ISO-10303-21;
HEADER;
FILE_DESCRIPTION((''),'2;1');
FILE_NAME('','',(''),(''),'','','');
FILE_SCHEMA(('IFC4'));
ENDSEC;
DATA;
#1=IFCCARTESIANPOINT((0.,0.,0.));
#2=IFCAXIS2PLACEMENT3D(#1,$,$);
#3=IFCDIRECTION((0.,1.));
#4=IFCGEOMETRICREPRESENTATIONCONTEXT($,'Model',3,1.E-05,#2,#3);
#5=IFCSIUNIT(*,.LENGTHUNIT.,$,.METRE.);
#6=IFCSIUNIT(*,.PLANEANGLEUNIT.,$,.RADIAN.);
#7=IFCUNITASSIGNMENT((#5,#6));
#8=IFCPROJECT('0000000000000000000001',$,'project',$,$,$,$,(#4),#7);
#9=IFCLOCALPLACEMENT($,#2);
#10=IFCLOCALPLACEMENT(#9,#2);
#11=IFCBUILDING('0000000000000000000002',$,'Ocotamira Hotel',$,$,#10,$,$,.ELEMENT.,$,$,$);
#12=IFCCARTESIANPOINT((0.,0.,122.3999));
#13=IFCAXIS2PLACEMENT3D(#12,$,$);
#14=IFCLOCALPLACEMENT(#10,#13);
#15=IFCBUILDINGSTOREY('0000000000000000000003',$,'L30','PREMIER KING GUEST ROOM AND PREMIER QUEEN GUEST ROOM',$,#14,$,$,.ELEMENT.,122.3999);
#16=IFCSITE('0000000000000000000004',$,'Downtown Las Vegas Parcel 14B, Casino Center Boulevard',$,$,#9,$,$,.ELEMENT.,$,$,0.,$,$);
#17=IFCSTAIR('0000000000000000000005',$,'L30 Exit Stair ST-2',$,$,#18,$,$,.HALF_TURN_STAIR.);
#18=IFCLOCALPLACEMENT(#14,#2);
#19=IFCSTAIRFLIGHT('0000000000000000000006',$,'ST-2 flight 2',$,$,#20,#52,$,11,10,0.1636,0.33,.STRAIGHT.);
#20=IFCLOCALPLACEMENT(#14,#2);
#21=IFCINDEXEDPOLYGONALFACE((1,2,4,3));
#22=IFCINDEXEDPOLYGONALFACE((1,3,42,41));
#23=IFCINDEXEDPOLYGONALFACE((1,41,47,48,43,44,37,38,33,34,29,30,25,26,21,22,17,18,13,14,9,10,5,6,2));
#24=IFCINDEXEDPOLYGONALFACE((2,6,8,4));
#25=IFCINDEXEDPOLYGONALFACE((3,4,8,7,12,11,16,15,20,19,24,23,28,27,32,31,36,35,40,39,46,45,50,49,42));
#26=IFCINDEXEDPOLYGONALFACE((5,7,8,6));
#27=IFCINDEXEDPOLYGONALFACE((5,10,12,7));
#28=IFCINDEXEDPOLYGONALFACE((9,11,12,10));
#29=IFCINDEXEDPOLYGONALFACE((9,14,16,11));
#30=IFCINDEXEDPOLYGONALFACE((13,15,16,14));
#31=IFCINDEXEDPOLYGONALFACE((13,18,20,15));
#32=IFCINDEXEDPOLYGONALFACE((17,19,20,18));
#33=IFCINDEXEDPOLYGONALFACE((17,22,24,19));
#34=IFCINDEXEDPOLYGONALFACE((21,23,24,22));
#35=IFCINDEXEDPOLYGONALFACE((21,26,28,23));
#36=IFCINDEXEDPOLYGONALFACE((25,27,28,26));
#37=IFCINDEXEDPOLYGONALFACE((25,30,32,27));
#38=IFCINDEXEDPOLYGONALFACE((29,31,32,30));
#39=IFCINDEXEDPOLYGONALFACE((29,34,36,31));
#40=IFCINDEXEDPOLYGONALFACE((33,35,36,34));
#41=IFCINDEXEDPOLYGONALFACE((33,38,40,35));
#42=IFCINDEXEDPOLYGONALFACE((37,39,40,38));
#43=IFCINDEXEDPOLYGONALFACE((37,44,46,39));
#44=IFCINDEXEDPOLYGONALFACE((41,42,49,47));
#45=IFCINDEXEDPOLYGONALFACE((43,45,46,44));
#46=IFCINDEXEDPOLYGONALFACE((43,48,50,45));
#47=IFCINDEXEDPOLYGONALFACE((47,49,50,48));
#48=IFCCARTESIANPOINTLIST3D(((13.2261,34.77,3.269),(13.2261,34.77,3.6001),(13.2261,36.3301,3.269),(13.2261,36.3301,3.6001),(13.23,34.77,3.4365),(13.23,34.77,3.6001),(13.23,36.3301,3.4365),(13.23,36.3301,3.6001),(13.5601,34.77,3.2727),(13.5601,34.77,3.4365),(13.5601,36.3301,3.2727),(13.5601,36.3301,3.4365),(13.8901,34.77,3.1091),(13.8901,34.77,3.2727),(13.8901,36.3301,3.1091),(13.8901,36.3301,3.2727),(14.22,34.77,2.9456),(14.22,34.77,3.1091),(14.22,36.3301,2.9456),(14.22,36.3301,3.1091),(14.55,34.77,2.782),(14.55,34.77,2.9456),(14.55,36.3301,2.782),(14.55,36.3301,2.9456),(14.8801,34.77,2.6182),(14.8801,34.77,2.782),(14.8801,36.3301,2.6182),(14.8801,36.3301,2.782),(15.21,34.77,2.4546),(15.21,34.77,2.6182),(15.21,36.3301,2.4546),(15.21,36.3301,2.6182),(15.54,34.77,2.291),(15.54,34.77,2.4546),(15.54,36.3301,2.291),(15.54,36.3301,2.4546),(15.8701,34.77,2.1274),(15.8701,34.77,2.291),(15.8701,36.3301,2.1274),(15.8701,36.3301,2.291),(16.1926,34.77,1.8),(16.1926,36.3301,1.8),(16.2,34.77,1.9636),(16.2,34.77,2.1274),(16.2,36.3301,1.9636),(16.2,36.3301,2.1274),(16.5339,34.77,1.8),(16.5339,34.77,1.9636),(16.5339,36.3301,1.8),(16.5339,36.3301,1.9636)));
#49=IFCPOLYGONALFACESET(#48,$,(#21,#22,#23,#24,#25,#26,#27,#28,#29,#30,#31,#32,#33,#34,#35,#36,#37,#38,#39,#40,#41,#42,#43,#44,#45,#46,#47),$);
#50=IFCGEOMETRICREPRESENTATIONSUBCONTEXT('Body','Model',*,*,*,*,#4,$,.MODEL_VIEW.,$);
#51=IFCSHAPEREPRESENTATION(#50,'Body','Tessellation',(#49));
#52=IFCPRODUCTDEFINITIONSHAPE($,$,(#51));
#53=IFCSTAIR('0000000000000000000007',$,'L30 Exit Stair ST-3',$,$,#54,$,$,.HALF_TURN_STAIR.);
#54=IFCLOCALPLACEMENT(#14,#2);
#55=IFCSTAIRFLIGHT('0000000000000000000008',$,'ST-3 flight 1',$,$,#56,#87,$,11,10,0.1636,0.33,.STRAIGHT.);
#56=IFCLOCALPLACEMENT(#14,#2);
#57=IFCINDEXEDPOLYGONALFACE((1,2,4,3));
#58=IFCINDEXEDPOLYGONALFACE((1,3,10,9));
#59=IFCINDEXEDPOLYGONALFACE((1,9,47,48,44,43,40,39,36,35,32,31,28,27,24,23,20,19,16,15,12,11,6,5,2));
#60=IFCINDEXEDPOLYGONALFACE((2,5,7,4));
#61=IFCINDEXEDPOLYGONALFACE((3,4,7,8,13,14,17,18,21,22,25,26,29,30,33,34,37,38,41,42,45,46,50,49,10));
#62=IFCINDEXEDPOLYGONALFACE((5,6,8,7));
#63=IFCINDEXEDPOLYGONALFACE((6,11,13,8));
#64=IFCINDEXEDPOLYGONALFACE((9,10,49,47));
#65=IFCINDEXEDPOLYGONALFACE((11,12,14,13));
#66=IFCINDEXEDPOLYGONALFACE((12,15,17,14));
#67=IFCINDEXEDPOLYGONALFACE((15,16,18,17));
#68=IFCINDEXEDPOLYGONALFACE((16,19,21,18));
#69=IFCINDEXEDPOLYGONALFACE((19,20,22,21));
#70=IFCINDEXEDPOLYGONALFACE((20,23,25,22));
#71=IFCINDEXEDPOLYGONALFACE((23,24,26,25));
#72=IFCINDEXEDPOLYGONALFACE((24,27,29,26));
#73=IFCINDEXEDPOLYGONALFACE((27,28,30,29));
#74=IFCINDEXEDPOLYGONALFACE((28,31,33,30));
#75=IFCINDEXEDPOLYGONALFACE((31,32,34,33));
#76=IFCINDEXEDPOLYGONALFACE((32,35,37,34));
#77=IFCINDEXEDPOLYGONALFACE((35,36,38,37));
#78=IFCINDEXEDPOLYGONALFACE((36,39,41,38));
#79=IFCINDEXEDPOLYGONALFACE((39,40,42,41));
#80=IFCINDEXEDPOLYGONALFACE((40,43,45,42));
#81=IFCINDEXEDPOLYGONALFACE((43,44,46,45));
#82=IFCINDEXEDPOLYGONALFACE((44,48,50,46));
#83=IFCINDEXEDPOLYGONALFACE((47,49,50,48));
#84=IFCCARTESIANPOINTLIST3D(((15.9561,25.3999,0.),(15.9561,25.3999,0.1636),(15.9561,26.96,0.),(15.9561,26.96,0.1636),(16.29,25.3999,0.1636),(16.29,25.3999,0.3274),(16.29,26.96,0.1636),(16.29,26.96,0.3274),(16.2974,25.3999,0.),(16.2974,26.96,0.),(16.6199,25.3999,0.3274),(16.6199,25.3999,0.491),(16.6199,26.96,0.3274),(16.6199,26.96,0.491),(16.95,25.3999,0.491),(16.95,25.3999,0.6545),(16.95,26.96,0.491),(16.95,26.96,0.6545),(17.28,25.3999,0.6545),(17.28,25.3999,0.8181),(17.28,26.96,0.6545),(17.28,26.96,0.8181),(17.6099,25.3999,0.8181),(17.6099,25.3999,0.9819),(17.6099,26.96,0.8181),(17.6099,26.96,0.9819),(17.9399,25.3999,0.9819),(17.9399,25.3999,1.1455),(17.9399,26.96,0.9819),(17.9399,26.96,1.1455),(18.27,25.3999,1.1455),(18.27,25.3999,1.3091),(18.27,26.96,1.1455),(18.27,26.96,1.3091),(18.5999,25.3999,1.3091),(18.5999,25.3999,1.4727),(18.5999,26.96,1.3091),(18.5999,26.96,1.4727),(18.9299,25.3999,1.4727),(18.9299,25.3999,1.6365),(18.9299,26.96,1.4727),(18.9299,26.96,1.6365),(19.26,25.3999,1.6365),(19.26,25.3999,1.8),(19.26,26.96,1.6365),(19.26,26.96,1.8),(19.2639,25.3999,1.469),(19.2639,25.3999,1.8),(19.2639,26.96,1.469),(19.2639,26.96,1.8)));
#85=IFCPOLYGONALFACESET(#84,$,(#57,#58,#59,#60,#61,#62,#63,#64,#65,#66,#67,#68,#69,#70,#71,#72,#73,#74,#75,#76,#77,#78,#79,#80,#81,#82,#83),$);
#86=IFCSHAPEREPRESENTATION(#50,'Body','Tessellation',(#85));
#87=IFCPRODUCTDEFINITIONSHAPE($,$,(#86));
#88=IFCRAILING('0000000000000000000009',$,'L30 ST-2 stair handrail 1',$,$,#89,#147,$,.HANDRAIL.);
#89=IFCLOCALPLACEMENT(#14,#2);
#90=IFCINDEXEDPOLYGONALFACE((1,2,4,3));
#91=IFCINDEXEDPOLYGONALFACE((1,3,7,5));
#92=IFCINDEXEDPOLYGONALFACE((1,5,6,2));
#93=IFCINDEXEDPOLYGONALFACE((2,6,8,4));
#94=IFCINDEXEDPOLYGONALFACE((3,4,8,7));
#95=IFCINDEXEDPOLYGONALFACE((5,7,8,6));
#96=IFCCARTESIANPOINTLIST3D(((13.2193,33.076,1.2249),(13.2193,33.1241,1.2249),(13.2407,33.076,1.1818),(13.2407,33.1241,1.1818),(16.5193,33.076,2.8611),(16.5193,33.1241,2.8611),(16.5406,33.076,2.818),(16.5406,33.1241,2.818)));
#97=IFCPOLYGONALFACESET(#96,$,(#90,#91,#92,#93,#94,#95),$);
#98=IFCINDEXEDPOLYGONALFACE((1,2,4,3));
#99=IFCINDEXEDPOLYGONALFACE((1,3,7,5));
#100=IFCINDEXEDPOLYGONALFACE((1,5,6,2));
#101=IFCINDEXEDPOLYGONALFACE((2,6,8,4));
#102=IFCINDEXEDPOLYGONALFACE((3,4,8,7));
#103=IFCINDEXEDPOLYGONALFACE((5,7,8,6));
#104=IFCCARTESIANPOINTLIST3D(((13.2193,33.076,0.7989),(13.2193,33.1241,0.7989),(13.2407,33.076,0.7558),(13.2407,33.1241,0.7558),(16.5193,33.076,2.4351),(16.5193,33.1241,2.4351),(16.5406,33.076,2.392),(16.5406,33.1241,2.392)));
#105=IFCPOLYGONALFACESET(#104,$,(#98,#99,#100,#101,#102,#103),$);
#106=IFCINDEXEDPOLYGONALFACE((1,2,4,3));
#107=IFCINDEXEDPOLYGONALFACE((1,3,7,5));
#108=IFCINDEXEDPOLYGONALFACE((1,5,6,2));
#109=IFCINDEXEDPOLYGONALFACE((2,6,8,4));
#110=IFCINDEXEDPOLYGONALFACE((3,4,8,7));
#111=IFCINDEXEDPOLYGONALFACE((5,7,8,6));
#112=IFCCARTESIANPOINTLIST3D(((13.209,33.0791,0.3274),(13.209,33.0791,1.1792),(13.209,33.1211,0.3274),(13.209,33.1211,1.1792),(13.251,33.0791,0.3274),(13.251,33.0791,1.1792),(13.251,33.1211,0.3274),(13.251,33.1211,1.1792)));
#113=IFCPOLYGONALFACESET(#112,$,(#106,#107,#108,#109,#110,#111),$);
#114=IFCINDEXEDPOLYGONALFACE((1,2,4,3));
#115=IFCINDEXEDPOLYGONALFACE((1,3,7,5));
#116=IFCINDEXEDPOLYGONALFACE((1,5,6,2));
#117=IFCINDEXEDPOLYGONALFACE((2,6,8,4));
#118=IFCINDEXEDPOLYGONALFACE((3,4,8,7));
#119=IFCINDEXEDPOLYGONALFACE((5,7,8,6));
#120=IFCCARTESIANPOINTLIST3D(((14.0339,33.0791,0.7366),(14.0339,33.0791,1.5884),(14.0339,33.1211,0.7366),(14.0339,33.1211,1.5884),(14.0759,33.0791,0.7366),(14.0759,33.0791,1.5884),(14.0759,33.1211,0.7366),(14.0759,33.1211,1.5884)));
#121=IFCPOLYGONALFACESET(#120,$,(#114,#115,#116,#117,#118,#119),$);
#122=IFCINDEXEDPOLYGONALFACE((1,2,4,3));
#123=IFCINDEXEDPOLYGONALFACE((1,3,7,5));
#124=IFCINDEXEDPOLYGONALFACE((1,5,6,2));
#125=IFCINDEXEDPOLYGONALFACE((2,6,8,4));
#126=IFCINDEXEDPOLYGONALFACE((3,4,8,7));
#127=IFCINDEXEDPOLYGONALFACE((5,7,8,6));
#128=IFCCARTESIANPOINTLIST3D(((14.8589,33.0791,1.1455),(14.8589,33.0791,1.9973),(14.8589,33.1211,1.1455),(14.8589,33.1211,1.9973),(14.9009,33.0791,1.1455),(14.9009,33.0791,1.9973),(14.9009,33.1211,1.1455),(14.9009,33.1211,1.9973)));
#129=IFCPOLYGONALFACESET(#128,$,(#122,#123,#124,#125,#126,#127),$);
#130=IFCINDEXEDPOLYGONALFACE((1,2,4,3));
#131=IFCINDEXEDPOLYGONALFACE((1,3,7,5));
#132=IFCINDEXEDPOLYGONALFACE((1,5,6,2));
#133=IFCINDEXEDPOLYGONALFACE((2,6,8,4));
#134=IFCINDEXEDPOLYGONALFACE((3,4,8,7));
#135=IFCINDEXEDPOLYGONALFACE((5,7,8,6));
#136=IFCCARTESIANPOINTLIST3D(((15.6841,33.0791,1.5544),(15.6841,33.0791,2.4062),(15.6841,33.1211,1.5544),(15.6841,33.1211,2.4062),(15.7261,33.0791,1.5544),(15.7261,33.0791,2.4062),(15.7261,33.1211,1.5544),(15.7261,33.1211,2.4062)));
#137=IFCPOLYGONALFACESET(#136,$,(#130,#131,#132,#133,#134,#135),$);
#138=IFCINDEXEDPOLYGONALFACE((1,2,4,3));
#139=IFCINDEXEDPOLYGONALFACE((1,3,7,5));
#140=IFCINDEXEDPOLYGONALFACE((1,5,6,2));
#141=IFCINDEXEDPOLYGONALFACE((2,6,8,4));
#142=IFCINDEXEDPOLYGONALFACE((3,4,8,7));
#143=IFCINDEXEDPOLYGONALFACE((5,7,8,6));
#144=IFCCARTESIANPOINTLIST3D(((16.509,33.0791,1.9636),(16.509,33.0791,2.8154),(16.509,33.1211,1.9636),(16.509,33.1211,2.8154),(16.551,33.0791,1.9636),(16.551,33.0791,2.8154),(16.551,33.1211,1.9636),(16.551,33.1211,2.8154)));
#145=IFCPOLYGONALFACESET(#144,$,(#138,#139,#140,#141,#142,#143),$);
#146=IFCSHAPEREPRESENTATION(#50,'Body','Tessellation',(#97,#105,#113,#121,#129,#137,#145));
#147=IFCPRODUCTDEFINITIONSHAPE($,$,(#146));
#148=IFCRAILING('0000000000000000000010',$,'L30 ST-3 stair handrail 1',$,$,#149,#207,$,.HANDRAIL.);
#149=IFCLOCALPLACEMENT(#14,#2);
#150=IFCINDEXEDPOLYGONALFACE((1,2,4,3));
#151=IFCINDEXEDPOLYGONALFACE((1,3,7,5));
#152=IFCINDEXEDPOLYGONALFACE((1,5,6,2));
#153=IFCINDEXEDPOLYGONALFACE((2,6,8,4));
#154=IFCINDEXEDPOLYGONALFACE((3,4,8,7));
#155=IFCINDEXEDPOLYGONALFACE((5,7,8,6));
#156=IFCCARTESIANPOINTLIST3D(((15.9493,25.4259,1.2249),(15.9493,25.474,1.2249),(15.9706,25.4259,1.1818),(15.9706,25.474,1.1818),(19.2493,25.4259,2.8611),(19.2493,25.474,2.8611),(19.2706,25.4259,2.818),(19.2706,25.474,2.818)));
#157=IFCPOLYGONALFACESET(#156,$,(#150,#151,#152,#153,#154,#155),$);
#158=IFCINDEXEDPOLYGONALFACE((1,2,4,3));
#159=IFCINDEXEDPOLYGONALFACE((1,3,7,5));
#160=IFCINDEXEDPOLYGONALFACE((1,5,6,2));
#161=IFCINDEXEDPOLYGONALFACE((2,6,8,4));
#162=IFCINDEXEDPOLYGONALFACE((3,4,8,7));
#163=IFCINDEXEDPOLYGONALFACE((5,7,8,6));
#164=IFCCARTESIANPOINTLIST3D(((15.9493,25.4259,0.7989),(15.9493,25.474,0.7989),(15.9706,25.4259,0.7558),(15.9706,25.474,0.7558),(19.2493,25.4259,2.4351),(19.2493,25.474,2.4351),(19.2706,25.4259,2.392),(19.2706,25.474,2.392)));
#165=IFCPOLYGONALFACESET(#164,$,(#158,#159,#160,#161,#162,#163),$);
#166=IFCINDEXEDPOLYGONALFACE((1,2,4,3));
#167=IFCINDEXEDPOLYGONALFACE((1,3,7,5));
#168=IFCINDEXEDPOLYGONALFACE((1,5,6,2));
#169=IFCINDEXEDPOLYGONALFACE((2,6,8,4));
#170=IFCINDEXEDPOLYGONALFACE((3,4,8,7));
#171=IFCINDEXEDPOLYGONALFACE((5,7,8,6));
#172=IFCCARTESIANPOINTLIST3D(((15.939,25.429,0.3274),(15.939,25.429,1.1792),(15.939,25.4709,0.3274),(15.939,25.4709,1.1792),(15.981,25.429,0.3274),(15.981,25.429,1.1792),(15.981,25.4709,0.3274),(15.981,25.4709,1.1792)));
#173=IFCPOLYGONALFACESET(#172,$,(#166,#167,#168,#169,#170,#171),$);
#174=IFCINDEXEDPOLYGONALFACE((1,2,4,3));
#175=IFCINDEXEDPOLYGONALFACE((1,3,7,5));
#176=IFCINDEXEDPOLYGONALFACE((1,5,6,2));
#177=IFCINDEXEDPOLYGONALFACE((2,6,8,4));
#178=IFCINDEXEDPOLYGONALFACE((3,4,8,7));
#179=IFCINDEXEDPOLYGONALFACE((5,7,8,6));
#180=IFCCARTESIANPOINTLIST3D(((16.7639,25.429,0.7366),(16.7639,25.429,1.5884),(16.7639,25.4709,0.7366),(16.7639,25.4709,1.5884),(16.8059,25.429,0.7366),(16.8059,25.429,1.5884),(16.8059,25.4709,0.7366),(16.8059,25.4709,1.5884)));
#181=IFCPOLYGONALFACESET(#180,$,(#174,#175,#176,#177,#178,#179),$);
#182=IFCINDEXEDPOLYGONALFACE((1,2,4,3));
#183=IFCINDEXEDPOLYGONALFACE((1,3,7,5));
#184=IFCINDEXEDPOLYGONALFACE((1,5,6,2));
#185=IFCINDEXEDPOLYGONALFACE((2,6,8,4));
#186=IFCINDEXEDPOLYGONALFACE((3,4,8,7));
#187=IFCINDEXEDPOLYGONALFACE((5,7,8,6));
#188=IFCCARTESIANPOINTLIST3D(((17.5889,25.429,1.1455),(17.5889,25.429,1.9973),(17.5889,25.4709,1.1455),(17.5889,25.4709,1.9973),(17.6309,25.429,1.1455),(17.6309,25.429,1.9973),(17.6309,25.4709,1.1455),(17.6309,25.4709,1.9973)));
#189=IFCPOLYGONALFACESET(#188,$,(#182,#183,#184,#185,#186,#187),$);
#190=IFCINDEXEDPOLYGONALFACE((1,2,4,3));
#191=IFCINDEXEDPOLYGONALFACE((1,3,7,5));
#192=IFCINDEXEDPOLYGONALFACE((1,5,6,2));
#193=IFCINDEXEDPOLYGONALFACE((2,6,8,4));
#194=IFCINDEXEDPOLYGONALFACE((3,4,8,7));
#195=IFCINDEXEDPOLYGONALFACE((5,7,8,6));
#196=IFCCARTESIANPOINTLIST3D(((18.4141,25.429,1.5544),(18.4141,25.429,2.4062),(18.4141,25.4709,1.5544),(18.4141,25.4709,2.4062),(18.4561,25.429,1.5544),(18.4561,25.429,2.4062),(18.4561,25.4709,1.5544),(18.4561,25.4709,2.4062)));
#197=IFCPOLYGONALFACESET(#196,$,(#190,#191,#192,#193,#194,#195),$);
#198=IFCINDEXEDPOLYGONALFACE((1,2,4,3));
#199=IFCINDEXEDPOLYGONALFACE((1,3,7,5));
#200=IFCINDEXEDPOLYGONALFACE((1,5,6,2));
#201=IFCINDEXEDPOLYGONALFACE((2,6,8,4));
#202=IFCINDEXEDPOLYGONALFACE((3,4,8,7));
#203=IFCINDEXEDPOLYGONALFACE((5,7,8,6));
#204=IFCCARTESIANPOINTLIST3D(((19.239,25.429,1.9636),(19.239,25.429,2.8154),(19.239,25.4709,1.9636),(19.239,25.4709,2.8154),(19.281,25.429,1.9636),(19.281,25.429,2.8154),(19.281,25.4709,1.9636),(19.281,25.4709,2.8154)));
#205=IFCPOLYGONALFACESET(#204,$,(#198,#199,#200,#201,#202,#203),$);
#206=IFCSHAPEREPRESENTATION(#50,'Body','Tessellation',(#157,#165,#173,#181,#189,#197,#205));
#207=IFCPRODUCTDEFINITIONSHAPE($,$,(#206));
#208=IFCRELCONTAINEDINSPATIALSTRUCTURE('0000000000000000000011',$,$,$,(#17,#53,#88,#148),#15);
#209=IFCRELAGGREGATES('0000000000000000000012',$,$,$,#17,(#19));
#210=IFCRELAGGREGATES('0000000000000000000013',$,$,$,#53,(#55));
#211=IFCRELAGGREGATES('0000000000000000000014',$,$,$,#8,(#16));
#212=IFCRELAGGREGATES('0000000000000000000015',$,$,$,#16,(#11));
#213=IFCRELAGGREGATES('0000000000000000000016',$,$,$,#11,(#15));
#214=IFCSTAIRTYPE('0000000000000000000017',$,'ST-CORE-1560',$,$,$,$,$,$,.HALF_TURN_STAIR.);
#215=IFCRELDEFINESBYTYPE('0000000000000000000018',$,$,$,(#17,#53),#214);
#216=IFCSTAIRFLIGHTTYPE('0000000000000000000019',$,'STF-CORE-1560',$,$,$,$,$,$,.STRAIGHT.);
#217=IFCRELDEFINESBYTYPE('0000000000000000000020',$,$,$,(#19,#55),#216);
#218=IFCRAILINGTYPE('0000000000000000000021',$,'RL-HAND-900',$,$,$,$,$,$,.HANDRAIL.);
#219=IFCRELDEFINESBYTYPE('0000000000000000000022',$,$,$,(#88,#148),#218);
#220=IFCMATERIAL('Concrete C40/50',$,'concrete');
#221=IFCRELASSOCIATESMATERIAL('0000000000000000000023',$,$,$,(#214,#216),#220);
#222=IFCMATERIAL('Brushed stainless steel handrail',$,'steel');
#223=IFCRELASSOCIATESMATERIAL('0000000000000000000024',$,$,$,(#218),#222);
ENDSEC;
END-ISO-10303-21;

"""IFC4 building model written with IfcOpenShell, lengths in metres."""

from ifc_helpers import new_model, si_unit, direction, frame, origin, origin_2d, place, context, subcontext, project, spatial, polyline, rectangle, outline, extrude, source, transform, mapped, material, type_object, element, aggregate, save


model = new_model("IFC4")

# Units and contexts
model_context = context("Model", 3, precision=1e-05, world=origin(), true_north=direction((0.0, 1.0)))
body_context = subcontext(model_context, "Body", "Model", "MODEL_VIEW")
ifc_project = project(units=[si_unit("LENGTHUNIT", "METRE"), si_unit("PLANEANGLEUNIT", "RADIAN")], contexts=[model_context])

# Site, building, storey
site_placement = place(None, origin())
site = spatial("IfcSite", under=ifc_project, at=site_placement, Name="Downtown Las Vegas Parcel 14B, Casino Center Boulevard", CompositionType="ELEMENT", RefElevation=0.0)
building_placement = place(site_placement, origin())
building = spatial("IfcBuilding", under=site, at=building_placement, Name="Ocotamira Hotel", CompositionType="ELEMENT")
storey_placement = place(building_placement, frame((0.0, 0.0, 122.3999)))
storey = spatial("IfcBuildingStorey", under=building, at=storey_placement, Name="L30", Description="PREMIER KING GUEST ROOM AND PREMIER QUEEN GUEST ROOM", CompositionType="ELEMENT", Elevation=122.3999)

# Stair, stair flight
ifc_material_1 = material(Name="Concrete C40/50", Category="concrete")
stair_type = type_object("IfcStairType", Name="ST-CORE-1560", PredefinedType="HALF_TURN_STAIR", material=ifc_material_1)
stair_1_placement = place(storey_placement, origin())
stair_1 = element("IfcStair", 1, at=stair_1_placement, inside=storey, type_object=stair_type, Name="L30 Exit Stair ST-2", PredefinedType="HALF_TURN_STAIR")
stair_flight_type = type_object("IfcStairFlightType", Name="STF-CORE-1560", PredefinedType="STRAIGHT", material=ifc_material_1)
shared_shape_1 = source(origin(), body_context, "Body", "SweptSolid", [
    extrude(outline(polyline([(-0.0039, 0.0), (-0.0039, 0.1636), (0.3301, 0.1636), (0.3301, 0.3274), (0.6599, 0.3274), (0.6599, 0.491), (0.99, 0.491), (0.99, 0.6545), (1.3201, 0.6545), (1.3201, 0.8181), (1.6499, 0.8181), (1.6499, 0.9819), (1.98, 0.9819), (1.98, 1.1455), (2.3101, 1.1455), (2.3101, 1.3091), (2.6399, 1.3091), (2.6399, 1.4727), (2.97, 1.4727), (2.97, 1.6365), (3.3, 1.6365), (3.3, 1.8), (3.304, 1.8), (3.304, 1.469), (0.3374, 0.0), (-0.0039, 0.0)])), frame((0.0, 0.78, 0.0), z_axis=(0.0, -1.0, 0.0), x_axis=(1.0, 0.0, 0.0)), (0.0, 0.0, 1.0), 1.5601),
])
stair_flight_1_placement = place(storey_placement, frame((16.53, 35.55, 1.8), z_axis=(0.0, 0.0, 1.0), x_axis=(-1.0, 0.0, 0.0)))
stair_flight_1 = element("IfcStairFlight", 2, at=stair_flight_1_placement, type_object=stair_flight_type, Name="ST-2 flight 2", NumberOfRisers=11, NumberOfTreads=10, PredefinedType="STRAIGHT", RiserHeight=0.1636, TreadLength=0.33, context=body_context, shape_type="MappedRepresentation", body=[
    mapped(shared_shape_1, transform((0.0, 0.0, 0.0), scale=1.0)),
])
aggregate(stair_1, [stair_flight_1])

# Stair, stair flight
stair_2_placement = place(storey_placement, origin())
stair_2 = element("IfcStair", 3, at=stair_2_placement, inside=storey, type_object=stair_type, Name="L30 Exit Stair ST-3", PredefinedType="HALF_TURN_STAIR")
stair_flight_2_placement = place(storey_placement, frame((15.96, 26.1799, 0.0), z_axis=(0.0, 0.0, 1.0), x_axis=(1.0, 0.0, 0.0)))
stair_flight_2 = element("IfcStairFlight", 4, at=stair_flight_2_placement, type_object=stair_flight_type, Name="ST-3 flight 1", NumberOfRisers=11, NumberOfTreads=10, PredefinedType="STRAIGHT", RiserHeight=0.1636, TreadLength=0.33, context=body_context, shape_type="MappedRepresentation", body=[
    mapped(shared_shape_1, transform((0.0, 0.0, 0.0), scale=1.0)),
])
aggregate(stair_2, [stair_flight_2])

# Railings
ifc_material_2 = material(Name="Brushed stainless steel handrail", Category="steel")
railing_type_1 = type_object("IfcRailingType", Name="RL-HAND-900", PredefinedType="HANDRAIL", material=ifc_material_2)
for number, where, name in (
    (5, (13.23, 33.1001, 0.3274), "L30 ST-2 stair handrail 1"),
    (6, (15.96, 25.45, 0.3274), "L30 ST-3 stair handrail 1"),
):
    element("IfcRailing", number, at=place(storey_placement, frame(where)), inside=storey, type_object=railing_type_1, Name=name, PredefinedType="HANDRAIL", context=body_context, shape_type="SweptSolid", body=[
        extrude(rectangle(XDim=0.0481, YDim=0.0481, at=origin_2d()), frame((0.0, 0.0, 0.876), z_axis=(0.89592, 0.0, 0.444215), x_axis=(0.0, 1.0, 0.0)), (0.0, 0.0, 1.0), 3.6833),
        extrude(rectangle(XDim=0.0481, YDim=0.0481, at=origin_2d()), frame((0.0, 0.0, 0.45), z_axis=(0.89592, 0.0, 0.444215), x_axis=(0.0, 1.0, 0.0)), (0.0, 0.0, 1.0), 3.6833),
        extrude(rectangle(XDim=0.042, YDim=0.042, at=origin_2d()), origin(), (0.0, 0.0, 1.0), 0.8518),
        extrude(rectangle(XDim=0.042, YDim=0.042, at=origin_2d()), frame((0.825, 0.0, 0.4092)), (0.0, 0.0, 1.0), 0.8518),
        extrude(rectangle(XDim=0.042, YDim=0.042, at=origin_2d()), frame((1.6499, 0.0, 0.8181)), (0.0, 0.0, 1.0), 0.8518),
        extrude(rectangle(XDim=0.042, YDim=0.042, at=origin_2d()), frame((2.4751, 0.0, 1.2271)), (0.0, 0.0, 1.0), 0.8518),
        extrude(rectangle(XDim=0.042, YDim=0.042, at=origin_2d()), frame((3.3, 0.0, 1.6362)), (0.0, 0.0, 1.0), 0.8518),
    ])

save(model, "model.ifc")
